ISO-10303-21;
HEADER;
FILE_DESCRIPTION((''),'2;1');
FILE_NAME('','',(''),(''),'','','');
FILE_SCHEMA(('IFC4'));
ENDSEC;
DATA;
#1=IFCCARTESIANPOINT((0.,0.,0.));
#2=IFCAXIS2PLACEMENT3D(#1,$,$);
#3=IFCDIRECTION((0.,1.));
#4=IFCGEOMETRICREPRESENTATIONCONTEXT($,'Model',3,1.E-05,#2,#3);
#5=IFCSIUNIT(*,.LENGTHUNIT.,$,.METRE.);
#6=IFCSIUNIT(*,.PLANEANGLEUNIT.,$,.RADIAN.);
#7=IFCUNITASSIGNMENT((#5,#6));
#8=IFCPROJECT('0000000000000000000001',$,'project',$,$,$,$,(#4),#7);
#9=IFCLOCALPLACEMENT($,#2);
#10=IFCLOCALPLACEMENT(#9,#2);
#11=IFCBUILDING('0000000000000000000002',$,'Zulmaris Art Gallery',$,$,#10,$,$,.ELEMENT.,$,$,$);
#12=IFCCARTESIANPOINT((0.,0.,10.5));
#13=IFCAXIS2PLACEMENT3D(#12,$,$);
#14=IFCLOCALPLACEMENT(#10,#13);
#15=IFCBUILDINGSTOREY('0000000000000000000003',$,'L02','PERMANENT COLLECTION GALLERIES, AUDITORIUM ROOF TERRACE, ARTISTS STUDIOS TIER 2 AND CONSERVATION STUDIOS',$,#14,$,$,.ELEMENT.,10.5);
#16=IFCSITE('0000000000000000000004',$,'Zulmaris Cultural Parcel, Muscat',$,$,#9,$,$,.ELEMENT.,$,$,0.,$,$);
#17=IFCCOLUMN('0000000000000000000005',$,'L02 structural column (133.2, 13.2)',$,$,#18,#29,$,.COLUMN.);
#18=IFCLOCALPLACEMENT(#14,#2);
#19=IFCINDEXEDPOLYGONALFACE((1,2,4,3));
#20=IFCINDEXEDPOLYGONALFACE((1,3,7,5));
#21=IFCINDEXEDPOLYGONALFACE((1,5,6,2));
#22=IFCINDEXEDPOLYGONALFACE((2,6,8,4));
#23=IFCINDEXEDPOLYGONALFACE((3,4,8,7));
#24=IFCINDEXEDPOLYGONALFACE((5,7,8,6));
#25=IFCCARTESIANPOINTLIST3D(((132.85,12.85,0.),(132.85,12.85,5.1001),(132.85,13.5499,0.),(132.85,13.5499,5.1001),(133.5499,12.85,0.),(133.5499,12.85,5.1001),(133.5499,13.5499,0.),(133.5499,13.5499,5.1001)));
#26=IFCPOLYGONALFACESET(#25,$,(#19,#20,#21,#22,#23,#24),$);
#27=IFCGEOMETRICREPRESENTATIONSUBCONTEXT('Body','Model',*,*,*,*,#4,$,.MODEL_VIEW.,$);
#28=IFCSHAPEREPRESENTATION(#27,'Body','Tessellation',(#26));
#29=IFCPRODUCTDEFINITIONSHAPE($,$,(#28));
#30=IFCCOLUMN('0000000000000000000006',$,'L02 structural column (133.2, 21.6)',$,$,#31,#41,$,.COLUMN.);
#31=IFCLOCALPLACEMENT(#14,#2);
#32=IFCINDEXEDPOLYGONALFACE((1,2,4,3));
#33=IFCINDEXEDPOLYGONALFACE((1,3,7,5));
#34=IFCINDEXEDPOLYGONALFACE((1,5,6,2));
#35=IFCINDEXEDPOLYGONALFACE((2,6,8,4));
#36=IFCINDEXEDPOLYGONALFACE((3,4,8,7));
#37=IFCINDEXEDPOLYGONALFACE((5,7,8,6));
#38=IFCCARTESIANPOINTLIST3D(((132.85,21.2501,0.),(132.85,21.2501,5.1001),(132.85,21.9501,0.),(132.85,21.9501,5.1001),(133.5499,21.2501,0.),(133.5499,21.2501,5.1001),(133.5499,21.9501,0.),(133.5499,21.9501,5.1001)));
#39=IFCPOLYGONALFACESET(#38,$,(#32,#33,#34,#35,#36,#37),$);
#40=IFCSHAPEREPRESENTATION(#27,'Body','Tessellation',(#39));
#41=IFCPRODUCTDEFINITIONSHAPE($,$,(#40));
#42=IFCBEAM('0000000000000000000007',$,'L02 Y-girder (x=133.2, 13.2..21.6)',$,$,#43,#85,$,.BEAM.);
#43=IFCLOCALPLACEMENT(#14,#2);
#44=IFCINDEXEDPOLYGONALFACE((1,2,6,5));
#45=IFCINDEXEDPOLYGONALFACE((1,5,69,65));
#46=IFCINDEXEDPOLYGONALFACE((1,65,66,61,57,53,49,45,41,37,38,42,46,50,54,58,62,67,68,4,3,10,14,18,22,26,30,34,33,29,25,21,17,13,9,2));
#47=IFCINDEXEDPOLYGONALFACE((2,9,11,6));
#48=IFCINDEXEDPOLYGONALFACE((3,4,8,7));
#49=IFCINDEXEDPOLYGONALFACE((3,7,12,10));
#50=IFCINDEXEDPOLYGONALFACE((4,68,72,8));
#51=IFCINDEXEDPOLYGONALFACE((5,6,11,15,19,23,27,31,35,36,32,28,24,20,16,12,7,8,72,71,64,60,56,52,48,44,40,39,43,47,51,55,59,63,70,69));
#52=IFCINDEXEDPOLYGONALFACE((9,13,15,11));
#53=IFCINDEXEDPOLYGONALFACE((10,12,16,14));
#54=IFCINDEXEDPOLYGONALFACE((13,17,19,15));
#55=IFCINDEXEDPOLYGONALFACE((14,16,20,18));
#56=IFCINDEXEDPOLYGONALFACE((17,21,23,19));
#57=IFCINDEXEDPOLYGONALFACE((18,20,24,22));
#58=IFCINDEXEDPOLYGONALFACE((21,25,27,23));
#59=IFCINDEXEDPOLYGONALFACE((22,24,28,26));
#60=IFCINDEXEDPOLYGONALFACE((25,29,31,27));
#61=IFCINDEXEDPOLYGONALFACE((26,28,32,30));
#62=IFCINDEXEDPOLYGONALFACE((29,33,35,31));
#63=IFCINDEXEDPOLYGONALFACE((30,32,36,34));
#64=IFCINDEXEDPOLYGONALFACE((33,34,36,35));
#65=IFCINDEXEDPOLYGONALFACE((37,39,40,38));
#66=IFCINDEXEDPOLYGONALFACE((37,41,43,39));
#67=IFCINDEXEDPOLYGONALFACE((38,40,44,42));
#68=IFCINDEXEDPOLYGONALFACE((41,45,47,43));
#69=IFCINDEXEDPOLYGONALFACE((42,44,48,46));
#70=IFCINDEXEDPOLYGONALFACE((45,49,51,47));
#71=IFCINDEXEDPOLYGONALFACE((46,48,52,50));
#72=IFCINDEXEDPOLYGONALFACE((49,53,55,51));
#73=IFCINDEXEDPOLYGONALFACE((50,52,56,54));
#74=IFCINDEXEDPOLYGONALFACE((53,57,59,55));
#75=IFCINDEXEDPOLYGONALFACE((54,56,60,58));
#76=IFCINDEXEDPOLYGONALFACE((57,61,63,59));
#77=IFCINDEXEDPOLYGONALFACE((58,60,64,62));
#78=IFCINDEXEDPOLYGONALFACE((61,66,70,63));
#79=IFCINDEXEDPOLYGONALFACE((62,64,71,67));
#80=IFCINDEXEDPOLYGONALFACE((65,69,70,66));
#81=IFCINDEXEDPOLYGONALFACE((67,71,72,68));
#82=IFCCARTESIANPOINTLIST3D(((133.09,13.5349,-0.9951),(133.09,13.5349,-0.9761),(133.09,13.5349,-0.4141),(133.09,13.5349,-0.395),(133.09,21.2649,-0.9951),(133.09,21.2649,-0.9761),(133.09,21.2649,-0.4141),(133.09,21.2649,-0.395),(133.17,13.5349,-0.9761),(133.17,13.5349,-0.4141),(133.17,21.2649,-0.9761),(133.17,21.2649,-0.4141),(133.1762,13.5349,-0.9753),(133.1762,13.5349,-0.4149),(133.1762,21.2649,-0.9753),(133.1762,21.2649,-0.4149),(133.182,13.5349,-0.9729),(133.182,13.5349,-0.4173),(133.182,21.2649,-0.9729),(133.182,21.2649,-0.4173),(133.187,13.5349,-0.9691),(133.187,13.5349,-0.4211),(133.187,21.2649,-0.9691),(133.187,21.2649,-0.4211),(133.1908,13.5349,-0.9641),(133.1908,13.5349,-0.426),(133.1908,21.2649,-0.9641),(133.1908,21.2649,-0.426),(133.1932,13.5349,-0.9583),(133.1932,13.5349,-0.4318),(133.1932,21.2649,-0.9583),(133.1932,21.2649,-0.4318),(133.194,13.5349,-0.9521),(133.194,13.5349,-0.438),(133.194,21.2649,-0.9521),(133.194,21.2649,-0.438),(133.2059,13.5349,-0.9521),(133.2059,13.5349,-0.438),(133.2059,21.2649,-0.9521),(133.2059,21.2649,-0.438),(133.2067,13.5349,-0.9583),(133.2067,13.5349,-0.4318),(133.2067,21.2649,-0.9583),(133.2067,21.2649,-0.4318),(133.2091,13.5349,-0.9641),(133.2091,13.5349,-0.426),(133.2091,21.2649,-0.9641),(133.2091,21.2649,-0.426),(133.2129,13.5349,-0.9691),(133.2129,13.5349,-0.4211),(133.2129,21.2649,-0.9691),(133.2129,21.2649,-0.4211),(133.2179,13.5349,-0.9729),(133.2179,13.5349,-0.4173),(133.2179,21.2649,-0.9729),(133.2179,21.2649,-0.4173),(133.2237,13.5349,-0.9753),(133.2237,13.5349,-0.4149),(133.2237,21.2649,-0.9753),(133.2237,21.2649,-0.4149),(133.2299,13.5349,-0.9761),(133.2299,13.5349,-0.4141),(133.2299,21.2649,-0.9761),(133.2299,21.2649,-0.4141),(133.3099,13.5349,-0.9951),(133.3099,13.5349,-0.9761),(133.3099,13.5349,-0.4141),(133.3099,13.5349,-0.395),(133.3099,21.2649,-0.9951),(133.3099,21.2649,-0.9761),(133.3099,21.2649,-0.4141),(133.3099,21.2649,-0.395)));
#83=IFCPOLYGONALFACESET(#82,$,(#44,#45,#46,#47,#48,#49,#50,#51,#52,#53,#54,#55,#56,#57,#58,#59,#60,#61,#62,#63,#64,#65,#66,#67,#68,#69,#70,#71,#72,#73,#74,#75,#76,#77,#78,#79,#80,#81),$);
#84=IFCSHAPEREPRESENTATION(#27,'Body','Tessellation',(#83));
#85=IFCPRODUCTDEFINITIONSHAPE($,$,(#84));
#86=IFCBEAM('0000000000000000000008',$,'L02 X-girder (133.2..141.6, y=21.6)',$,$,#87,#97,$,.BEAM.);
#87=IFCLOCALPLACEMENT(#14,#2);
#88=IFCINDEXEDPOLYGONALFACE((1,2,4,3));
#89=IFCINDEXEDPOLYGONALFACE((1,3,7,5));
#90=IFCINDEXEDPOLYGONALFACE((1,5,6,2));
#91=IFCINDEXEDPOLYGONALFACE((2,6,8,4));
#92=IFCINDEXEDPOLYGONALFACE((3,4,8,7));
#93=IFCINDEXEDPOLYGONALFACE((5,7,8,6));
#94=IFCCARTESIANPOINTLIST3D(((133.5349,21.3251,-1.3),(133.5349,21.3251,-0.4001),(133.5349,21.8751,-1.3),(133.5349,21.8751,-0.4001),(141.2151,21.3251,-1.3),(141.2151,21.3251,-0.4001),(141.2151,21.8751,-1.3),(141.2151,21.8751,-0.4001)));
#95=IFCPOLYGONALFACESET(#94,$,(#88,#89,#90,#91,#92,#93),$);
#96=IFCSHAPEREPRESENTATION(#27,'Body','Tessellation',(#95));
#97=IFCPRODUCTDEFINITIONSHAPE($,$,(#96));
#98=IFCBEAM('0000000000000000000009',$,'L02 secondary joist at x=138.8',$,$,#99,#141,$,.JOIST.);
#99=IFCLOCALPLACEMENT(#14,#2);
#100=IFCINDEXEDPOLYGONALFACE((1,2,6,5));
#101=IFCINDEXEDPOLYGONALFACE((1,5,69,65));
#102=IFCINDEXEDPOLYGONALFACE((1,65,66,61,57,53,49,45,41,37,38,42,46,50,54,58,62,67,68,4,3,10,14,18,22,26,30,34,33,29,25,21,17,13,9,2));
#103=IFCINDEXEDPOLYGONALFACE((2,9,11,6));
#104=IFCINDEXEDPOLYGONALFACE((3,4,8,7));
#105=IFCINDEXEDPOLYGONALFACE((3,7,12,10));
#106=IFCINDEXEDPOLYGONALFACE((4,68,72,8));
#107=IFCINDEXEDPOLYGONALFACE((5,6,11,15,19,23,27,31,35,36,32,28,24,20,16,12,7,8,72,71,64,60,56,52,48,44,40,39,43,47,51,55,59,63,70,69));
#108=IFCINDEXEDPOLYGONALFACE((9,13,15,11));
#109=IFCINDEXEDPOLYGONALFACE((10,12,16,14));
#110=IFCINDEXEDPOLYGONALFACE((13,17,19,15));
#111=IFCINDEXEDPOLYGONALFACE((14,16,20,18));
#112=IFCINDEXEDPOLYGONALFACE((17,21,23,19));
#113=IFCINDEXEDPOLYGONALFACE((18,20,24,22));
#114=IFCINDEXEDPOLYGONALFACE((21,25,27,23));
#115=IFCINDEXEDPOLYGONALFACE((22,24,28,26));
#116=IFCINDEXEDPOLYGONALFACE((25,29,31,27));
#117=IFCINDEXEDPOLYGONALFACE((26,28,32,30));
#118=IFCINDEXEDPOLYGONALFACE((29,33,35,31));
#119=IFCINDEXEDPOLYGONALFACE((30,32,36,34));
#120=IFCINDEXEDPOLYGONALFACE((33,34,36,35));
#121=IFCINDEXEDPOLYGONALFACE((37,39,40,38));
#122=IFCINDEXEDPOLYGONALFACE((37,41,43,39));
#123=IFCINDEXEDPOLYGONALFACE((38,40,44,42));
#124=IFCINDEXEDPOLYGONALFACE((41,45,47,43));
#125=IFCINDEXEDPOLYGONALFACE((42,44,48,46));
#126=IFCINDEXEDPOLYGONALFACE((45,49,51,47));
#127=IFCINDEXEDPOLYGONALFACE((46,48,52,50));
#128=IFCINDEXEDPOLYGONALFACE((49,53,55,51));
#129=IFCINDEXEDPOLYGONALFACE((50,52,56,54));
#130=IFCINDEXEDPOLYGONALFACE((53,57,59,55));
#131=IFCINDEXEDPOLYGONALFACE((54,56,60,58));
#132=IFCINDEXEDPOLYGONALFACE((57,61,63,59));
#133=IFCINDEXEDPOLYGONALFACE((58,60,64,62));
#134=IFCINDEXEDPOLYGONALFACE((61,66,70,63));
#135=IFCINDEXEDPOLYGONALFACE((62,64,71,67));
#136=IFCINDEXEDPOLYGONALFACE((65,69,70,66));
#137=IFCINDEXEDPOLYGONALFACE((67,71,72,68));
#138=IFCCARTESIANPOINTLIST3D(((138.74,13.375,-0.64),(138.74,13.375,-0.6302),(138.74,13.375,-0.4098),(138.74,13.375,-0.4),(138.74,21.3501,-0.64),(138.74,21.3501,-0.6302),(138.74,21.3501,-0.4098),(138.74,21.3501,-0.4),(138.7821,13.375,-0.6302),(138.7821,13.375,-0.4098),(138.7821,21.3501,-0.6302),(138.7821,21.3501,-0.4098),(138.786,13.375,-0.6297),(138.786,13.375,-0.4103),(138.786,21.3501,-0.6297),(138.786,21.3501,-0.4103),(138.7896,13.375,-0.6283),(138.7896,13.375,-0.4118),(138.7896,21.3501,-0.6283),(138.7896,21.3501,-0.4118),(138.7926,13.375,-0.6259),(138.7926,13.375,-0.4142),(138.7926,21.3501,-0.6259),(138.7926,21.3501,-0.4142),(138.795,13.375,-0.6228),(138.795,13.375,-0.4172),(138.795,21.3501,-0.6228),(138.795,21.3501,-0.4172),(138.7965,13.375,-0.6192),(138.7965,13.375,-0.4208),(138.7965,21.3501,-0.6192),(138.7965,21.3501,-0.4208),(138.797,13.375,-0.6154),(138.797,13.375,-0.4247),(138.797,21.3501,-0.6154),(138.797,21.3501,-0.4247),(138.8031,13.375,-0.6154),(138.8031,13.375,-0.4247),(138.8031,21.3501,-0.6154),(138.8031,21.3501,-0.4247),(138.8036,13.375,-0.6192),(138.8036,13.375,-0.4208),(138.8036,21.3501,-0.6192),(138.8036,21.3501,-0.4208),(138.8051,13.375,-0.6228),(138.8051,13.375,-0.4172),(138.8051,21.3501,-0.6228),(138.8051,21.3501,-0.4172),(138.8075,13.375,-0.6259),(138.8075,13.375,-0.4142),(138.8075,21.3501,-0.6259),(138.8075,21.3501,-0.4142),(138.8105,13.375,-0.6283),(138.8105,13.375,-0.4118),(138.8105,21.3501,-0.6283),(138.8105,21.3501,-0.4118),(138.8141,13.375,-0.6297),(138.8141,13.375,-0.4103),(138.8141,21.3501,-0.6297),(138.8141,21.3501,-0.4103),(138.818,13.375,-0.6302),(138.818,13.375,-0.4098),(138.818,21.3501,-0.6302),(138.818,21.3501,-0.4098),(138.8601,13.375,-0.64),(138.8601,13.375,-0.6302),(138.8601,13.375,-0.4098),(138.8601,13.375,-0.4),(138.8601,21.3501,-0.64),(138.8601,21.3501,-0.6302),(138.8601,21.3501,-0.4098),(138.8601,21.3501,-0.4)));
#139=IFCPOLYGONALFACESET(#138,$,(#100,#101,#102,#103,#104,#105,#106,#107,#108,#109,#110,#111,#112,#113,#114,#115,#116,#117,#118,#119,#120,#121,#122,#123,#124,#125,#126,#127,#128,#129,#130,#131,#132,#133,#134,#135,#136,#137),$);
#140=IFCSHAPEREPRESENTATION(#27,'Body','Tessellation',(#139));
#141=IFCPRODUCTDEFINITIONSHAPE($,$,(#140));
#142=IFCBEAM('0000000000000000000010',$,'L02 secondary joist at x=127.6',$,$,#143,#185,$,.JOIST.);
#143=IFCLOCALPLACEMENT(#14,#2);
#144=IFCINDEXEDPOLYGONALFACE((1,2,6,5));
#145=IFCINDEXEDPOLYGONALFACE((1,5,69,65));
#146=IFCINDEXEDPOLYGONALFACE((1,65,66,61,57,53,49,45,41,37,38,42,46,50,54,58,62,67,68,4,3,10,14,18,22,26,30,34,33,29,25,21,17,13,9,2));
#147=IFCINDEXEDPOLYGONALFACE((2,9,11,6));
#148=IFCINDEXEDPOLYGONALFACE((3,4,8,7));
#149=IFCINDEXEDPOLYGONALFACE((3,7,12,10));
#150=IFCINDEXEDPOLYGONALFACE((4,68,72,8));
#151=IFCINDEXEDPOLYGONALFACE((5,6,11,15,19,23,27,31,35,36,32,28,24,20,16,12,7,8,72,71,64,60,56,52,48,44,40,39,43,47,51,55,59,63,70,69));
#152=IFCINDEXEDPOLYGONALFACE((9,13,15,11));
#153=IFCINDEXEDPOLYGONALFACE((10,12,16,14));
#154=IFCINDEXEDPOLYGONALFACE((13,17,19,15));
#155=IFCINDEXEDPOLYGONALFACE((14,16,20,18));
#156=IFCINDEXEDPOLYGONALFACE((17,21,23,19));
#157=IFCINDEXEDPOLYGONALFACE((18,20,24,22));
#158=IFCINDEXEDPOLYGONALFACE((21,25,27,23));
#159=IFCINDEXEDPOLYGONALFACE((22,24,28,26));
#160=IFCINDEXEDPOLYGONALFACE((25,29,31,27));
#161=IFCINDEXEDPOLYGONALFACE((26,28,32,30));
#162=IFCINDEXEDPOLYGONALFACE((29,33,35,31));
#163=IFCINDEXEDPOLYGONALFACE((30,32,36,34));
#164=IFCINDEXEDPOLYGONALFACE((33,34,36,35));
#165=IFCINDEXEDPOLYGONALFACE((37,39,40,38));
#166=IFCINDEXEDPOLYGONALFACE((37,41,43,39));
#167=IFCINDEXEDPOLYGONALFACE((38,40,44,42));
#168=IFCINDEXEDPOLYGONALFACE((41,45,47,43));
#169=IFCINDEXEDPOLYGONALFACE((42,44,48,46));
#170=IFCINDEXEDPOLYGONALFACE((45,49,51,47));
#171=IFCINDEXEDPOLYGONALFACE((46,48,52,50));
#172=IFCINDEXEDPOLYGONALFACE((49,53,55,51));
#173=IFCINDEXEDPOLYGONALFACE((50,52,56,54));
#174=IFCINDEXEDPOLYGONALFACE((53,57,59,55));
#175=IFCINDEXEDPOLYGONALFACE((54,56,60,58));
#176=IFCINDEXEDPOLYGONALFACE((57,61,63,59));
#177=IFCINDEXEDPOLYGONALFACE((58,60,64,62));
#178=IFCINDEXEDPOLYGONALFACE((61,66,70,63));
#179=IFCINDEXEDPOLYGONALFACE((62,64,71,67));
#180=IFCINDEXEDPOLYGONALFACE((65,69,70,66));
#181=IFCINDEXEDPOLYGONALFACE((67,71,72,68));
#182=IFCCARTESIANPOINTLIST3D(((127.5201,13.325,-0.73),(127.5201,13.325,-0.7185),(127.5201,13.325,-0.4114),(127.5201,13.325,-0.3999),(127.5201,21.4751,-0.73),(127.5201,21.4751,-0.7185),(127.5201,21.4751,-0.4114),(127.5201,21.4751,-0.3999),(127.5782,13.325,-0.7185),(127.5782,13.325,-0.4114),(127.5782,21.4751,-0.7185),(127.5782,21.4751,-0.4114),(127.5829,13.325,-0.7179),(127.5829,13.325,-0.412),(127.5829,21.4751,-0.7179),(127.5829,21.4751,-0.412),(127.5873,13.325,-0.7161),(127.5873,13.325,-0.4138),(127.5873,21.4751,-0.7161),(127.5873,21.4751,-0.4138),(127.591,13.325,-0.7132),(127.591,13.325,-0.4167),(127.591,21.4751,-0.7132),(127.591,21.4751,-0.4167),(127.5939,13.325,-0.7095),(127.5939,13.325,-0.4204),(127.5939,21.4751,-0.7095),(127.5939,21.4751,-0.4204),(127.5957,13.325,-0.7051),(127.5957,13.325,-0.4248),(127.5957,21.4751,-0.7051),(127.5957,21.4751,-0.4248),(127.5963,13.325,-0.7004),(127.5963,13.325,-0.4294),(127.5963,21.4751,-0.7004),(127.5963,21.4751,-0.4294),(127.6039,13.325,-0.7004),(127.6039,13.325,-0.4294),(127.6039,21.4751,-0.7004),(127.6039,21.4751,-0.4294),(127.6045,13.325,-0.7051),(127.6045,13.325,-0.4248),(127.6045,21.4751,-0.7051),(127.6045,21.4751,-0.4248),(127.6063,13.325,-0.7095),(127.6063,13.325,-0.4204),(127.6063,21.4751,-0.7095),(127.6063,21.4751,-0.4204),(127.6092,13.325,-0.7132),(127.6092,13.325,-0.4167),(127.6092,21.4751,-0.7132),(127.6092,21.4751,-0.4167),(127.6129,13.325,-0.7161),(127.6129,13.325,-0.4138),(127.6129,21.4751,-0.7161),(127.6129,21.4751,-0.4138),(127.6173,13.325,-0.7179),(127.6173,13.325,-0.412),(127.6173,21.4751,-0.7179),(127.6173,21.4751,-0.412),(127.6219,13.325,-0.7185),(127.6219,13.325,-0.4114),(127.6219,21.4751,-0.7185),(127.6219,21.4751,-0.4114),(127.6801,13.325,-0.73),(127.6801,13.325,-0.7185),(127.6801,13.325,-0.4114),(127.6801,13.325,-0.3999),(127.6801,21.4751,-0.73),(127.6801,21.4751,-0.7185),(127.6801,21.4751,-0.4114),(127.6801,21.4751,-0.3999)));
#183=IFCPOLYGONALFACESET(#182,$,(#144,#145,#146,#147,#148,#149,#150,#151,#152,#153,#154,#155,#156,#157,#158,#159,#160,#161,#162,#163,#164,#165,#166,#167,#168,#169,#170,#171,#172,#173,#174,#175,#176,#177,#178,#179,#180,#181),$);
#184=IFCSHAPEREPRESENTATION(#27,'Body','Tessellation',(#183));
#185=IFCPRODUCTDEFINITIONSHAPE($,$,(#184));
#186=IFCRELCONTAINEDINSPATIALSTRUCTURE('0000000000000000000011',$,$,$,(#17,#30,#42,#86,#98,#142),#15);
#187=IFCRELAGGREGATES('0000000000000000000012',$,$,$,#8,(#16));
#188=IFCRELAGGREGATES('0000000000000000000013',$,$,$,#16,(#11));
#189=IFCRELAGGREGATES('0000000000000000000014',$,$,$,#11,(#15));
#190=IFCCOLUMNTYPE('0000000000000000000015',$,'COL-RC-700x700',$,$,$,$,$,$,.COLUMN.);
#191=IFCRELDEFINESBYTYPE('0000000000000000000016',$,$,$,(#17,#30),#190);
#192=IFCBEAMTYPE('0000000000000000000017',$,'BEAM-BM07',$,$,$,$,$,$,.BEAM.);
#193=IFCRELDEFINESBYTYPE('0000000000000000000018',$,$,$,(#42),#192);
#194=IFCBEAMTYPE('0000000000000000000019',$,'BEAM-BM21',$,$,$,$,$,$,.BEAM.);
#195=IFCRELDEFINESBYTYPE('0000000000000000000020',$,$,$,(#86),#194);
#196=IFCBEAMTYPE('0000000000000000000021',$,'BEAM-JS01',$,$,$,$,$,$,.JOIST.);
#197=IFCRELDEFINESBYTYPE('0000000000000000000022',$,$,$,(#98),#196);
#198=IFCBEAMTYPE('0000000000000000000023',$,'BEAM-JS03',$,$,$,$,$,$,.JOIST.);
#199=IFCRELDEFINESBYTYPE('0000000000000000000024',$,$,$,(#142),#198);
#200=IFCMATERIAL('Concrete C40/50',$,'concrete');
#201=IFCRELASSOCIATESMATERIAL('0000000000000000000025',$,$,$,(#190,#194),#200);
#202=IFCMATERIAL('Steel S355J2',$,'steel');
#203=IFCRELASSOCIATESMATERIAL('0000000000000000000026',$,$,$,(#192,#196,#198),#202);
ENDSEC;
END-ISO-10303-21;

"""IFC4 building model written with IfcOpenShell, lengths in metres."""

from ifc_helpers import new_model, si_unit, direction, frame, origin, origin_2d, place, context, subcontext, project, spatial, rectangle, i_section, extrude, material, material_profile, profile_set, type_object, element, save


model = new_model("IFC4")

# Units and contexts
model_context = context("Model", 3, precision=1e-05, world=origin(), true_north=direction((0.0, 1.0)))
body_context = subcontext(model_context, "Body", "Model", "MODEL_VIEW")
ifc_project = project(units=[si_unit("LENGTHUNIT", "METRE"), si_unit("PLANEANGLEUNIT", "RADIAN")], contexts=[model_context])

# Site, building, storey
site_placement = place(None, origin())
site = spatial("IfcSite", under=ifc_project, at=site_placement, Name="Zulmaris Cultural Parcel, Muscat", CompositionType="ELEMENT", RefElevation=0.0)
building_placement = place(site_placement, origin())
building = spatial("IfcBuilding", under=site, at=building_placement, Name="Zulmaris Art Gallery", CompositionType="ELEMENT")
storey_placement = place(building_placement, frame((0.0, 0.0, 10.5)))
storey = spatial("IfcBuildingStorey", under=building, at=storey_placement, Name="L02", Description="PERMANENT COLLECTION GALLERIES, AUDITORIUM ROOF TERRACE, ARTISTS STUDIOS TIER 2 AND CONSERVATION STUDIOS", CompositionType="ELEMENT", Elevation=10.5)

# Columns
ifc_material_1 = material(Name="Concrete C40/50", Category="concrete")
ifc_material_profile_1 = material_profile(ifc_material_1, rectangle(XDim=0.7, YDim=0.7, at=origin_2d()), Name="RC 700x700")
ifc_profile_set_1 = profile_set([ifc_material_profile_1], Name="Concrete C40/50")
column_type = type_object("IfcColumnType", Name="COL-RC-700x700", PredefinedType="COLUMN", material=ifc_profile_set_1)
for number, where, z_axis, x_axis, name in (
    (1, (133.2, 13.2, 0.0), (0.0, 0.0, 1.0), (1.0, 0.0, 0.0), "L02 structural column (133.2, 13.2)"),
    (2, (133.2, 21.6001, 0.0), (0.0, 0.0, 1.0), (1.0, 0.0, 0.0), "L02 structural column (133.2, 21.6)"),
):
    element("IfcColumn", number, at=place(storey_placement, frame(where, z_axis=z_axis, x_axis=x_axis)), inside=storey, type_object=column_type, Name=name, PredefinedType="COLUMN", context=body_context, shape_type="SweptSolid", body=[
        extrude(rectangle(XDim=0.7, YDim=0.7, at=origin_2d()), origin(), (0.0, 0.0, 1.0), 5.1001),
    ])

# Beams
ifc_material_2 = material(Name="Steel S355J2", Category="steel")
ifc_material_profile_2 = material_profile(ifc_material_2, i_section(OverallWidth=0.22, OverallDepth=0.6001, WebThickness=0.012, FlangeThickness=0.019, FilletRadius=0.0239, at=origin_2d()), Name="IPE 600")
ifc_profile_set_2 = profile_set([ifc_material_profile_2], Name="Steel S355J2")
beam_type_1 = type_object("IfcBeamType", Name="BEAM-BM07", PredefinedType="BEAM", material=ifc_profile_set_2)
beam_1_placement = place(storey_placement, frame((133.2, 13.5349, -0.6951), z_axis=(0.0, 1.0, 0.0), x_axis=(-1.0, 0.0, 0.0)))
element("IfcBeam", 3, at=beam_1_placement, inside=storey, type_object=beam_type_1, Name="L02 Y-girder (x=133.2, 13.2..21.6)", PredefinedType="BEAM", context=body_context, shape_type="SweptSolid", body=[
    extrude(i_section(OverallWidth=0.22, OverallDepth=0.6001, WebThickness=0.012, FlangeThickness=0.019, FilletRadius=0.0239, at=origin_2d()), origin(), (0.0, 0.0, 1.0), 7.73),
])
ifc_material_profile_3 = material_profile(ifc_material_1, rectangle(XDim=0.55, YDim=0.8999, at=origin_2d()), Name="RC 550x900")
ifc_profile_set_3 = profile_set([ifc_material_profile_3], Name="Concrete C40/50")
beam_type_2 = type_object("IfcBeamType", Name="BEAM-BM21", PredefinedType="BEAM", material=ifc_profile_set_3)
beam_2_placement = place(storey_placement, frame((133.5349, 21.6001, -0.8501), z_axis=(1.0, 0.0, 0.0), x_axis=(0.0, 1.0, 0.0)))
element("IfcBeam", 4, at=beam_2_placement, inside=storey, type_object=beam_type_2, Name="L02 X-girder (133.2..141.6, y=21.6)", PredefinedType="BEAM", context=body_context, shape_type="SweptSolid", body=[
    extrude(rectangle(XDim=0.55, YDim=0.8999, at=origin_2d()), origin(), (0.0, 0.0, 1.0), 7.6802),
])
ifc_material_profile_4 = material_profile(ifc_material_2, i_section(OverallWidth=0.1201, OverallDepth=0.24, WebThickness=0.0061, FlangeThickness=0.0098, FilletRadius=0.0149, at=origin_2d()), Name="IPE 240")
ifc_profile_set_4 = profile_set([ifc_material_profile_4], Name="Steel S355J2")
beam_type_3 = type_object("IfcBeamType", Name="BEAM-JS01", PredefinedType="JOIST", material=ifc_profile_set_4)
beam_3_placement = place(storey_placement, frame((138.8, 13.375, -0.52), z_axis=(0.0, 1.0, 0.0), x_axis=(-1.0, 0.0, 0.0)))
element("IfcBeam", 5, at=beam_3_placement, inside=storey, type_object=beam_type_3, Name="L02 secondary joist at x=138.8", PredefinedType="JOIST", context=body_context, shape_type="SweptSolid", body=[
    extrude(i_section(OverallWidth=0.1201, OverallDepth=0.24, WebThickness=0.0061, FlangeThickness=0.0098, FilletRadius=0.0149, at=origin_2d()), origin(), (0.0, 0.0, 1.0), 7.9751),
])
ifc_material_profile_5 = material_profile(ifc_material_2, i_section(OverallWidth=0.1599, OverallDepth=0.3301, WebThickness=0.0076, FlangeThickness=0.0115, FilletRadius=0.0181, at=origin_2d()), Name="IPE 330")
ifc_profile_set_5 = profile_set([ifc_material_profile_5], Name="Steel S355J2")
beam_type_4 = type_object("IfcBeamType", Name="BEAM-JS03", PredefinedType="JOIST", material=ifc_profile_set_5)
beam_4_placement = place(storey_placement, frame((127.6001, 13.325, -0.5649), z_axis=(0.0, 1.0, 0.0), x_axis=(-1.0, 0.0, 0.0)))
element("IfcBeam", 6, at=beam_4_placement, inside=storey, type_object=beam_type_4, Name="L02 secondary joist at x=127.6", PredefinedType="JOIST", context=body_context, shape_type="SweptSolid", body=[
    extrude(i_section(OverallWidth=0.1599, OverallDepth=0.3301, WebThickness=0.0076, FlangeThickness=0.0115, FilletRadius=0.0181, at=origin_2d()), origin(), (0.0, 0.0, 1.0), 8.1501),
])

save(model, "model.ifc")
